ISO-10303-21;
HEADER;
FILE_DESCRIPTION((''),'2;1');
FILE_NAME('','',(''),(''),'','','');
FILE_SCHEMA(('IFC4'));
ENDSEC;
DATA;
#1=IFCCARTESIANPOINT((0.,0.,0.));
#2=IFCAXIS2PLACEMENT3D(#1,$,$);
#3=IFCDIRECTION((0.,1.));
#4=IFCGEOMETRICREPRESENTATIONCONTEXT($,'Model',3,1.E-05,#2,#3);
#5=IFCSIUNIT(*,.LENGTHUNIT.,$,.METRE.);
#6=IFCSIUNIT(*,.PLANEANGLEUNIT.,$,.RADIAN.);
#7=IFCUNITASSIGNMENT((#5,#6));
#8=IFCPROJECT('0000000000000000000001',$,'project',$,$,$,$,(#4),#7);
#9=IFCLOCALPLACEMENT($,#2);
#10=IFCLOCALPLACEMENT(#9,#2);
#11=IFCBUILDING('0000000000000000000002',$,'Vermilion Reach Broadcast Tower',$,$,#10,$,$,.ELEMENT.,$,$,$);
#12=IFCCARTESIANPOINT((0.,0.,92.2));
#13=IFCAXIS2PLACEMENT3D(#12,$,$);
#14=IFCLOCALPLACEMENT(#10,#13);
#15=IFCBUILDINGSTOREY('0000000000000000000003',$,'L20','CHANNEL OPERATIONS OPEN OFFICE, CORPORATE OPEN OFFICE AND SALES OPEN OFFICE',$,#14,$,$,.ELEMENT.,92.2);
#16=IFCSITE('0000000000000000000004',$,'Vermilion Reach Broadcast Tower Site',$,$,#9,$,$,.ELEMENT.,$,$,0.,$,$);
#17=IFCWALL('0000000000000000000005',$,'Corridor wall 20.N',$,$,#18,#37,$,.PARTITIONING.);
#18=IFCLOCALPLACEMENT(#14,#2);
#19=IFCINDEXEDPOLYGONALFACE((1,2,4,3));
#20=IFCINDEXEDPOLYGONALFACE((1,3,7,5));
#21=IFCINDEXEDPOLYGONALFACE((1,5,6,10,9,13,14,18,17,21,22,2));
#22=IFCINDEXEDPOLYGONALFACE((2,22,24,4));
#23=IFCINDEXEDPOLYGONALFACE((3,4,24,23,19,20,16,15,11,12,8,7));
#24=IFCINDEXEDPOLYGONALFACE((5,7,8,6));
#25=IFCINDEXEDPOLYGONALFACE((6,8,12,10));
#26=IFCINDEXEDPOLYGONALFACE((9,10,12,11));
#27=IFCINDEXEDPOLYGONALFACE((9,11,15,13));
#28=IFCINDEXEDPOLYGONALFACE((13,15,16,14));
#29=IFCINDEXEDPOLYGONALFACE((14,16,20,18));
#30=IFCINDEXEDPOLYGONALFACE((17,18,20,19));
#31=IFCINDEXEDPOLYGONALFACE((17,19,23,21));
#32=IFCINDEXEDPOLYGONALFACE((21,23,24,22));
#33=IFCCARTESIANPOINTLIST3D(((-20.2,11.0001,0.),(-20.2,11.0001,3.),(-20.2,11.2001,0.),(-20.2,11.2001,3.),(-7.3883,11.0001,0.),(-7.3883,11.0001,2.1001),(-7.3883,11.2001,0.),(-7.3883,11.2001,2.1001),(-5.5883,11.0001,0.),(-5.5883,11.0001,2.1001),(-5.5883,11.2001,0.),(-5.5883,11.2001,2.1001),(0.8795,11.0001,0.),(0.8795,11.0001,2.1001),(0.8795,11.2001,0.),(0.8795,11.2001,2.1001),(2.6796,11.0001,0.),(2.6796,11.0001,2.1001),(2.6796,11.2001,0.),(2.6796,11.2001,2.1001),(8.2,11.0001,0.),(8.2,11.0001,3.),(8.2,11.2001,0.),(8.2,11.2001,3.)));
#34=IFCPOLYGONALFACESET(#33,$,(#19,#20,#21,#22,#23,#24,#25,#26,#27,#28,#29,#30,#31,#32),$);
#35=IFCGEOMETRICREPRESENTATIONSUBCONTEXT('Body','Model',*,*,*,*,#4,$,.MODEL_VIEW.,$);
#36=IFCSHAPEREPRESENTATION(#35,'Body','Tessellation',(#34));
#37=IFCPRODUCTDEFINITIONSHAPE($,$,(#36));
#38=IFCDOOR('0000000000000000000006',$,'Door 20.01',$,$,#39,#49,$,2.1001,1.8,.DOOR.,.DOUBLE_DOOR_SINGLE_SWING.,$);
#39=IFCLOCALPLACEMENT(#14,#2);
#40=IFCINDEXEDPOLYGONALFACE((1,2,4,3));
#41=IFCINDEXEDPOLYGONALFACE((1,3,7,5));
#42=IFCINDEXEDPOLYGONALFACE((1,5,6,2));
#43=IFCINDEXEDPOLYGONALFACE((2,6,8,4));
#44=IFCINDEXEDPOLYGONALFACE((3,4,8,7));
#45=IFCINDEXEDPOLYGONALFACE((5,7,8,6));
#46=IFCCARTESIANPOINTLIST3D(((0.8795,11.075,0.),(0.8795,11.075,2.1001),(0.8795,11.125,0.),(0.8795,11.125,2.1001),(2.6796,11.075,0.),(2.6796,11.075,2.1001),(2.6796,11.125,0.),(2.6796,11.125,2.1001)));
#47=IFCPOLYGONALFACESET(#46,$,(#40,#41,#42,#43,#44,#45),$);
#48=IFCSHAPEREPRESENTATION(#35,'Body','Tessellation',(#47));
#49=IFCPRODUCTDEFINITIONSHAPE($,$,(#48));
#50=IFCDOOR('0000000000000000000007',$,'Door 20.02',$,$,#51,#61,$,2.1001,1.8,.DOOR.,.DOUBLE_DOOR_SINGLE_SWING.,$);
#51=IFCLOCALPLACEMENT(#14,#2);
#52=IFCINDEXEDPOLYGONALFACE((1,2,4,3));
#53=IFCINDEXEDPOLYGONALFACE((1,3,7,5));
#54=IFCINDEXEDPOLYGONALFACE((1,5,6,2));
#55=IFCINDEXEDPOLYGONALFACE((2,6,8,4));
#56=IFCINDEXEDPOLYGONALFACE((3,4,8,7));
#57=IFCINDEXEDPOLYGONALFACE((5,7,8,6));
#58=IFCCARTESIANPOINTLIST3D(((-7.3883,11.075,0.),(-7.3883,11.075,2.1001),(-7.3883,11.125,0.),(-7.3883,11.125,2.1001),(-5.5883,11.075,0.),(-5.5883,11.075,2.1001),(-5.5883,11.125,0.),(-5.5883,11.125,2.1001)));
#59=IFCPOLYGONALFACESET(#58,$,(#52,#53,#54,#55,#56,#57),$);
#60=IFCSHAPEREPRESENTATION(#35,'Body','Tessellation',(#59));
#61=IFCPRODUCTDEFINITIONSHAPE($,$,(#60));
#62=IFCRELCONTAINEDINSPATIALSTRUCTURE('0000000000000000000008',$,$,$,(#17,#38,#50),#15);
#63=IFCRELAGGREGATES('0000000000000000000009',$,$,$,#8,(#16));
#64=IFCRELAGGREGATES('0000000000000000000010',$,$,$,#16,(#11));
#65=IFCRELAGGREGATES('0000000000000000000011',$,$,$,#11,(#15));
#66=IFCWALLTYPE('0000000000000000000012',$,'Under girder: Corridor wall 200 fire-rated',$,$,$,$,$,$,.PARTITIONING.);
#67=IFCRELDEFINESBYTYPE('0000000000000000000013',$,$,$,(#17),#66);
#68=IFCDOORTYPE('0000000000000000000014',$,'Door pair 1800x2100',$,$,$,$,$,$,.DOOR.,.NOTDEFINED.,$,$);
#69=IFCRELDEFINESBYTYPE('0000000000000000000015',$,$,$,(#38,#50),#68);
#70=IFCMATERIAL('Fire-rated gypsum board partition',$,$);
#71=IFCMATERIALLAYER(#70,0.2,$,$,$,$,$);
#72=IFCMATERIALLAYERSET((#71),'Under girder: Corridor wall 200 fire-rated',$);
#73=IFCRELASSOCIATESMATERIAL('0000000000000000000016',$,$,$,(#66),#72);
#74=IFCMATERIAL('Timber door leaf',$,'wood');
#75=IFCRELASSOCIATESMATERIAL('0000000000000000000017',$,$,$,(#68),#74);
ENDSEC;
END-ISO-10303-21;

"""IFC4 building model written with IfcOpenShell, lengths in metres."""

from ifc_helpers import new_model, si_unit, direction, frame, frame_2d, origin, place, context, subcontext, project, spatial, rectangle, extrude, material, layer, layer_set, type_object, element, fill, save


model = new_model("IFC4")

# Units and contexts
model_context = context("Model", 3, precision=1e-05, world=origin(), true_north=direction((0.0, 1.0)))
body_context = subcontext(model_context, "Body", "Model", "MODEL_VIEW")
ifc_project = project(units=[si_unit("LENGTHUNIT", "METRE"), si_unit("PLANEANGLEUNIT", "RADIAN")], contexts=[model_context])

# Site, building, storey
site_placement = place(None, origin())
site = spatial("IfcSite", under=ifc_project, at=site_placement, Name="Vermilion Reach Broadcast Tower Site", CompositionType="ELEMENT", RefElevation=0.0)
building_placement = place(site_placement, origin())
building = spatial("IfcBuilding", under=site, at=building_placement, Name="Vermilion Reach Broadcast Tower", CompositionType="ELEMENT")
storey_placement = place(building_placement, frame((0.0, 0.0, 92.2)))
storey = spatial("IfcBuildingStorey", under=building, at=storey_placement, Name="L20", Description="CHANNEL OPERATIONS OPEN OFFICE, CORPORATE OPEN OFFICE AND SALES OPEN OFFICE", CompositionType="ELEMENT", Elevation=92.2)

# Wall, openings, doors
ifc_material_1 = material(Name="Fire-rated gypsum board partition")
ifc_layer_1 = layer(ifc_material_1, 0.2)
ifc_layer_set_1 = layer_set([ifc_layer_1], Name="Under girder: Corridor wall 200 fire-rated")
wall_type_1 = type_object("IfcWallType", Name="Under girder: Corridor wall 200 fire-rated", PredefinedType="PARTITIONING", material=ifc_layer_set_1)
wall_1_placement = place(storey_placement, frame((-20.2, 11.1001, 0.0), z_axis=(0.0, 0.0, 1.0), x_axis=(1.0, 0.0, 0.0)))
wall_1 = element("IfcWall", 1, at=wall_1_placement, inside=storey, type_object=wall_type_1, Name="Corridor wall 20.N", PredefinedType="PARTITIONING", context=body_context, shape_type="SweptSolid", body=[
    extrude(rectangle(XDim=28.3999, YDim=0.2, at=frame_2d((14.2, 0.0))), origin(), (0.0, 0.0, 1.0), 3.0),
])
opening_1_placement = place(wall_1_placement, frame((21.0796, 0.0, 0.0)))
opening_1 = element("IfcOpeningElement", 2, at=opening_1_placement, cuts=wall_1, PredefinedType="OPENING", context=body_context, shape_type="SweptSolid", body=[
    extrude(rectangle(XDim=1.8, YDim=2.1001, at=frame_2d((0.8999, 1.05))), frame((0.0, 0.1099, 0.0), z_axis=(0.0, -1.0, 0.0), x_axis=(1.0, 0.0, 0.0)), (0.0, 0.0, 1.0), 0.22),
])
opening_2_placement = place(wall_1_placement, frame((12.8118, 0.0, 0.0)))
opening_2 = element("IfcOpeningElement", 3, at=opening_2_placement, cuts=wall_1, PredefinedType="OPENING", context=body_context, shape_type="SweptSolid", body=[
    extrude(rectangle(XDim=1.8, YDim=2.1001, at=frame_2d((0.8999, 1.05))), frame((0.0, 0.1099, 0.0), z_axis=(0.0, -1.0, 0.0), x_axis=(1.0, 0.0, 0.0)), (0.0, 0.0, 1.0), 0.22),
])
ifc_material_2 = material(Name="Timber door leaf", Category="wood")
door_type_1 = type_object("IfcDoorType", Name="Door pair 1800x2100", OperationType="NOTDEFINED", PredefinedType="DOOR", material=ifc_material_2)
door_1_placement = place(opening_1_placement, origin())
door_1 = element("IfcDoor", 4, at=door_1_placement, inside=storey, type_object=door_type_1, Name="Door 20.01", OperationType="DOUBLE_DOOR_SINGLE_SWING", OverallHeight=2.1001, OverallWidth=1.8, PredefinedType="DOOR", context=body_context, shape_type="SweptSolid", body=[
    extrude(rectangle(XDim=1.8, YDim=2.1001, at=frame_2d((0.8999, 1.05))), frame((0.0, 0.0249, 0.0), z_axis=(0.0, -1.0, 0.0), x_axis=(1.0, 0.0, 0.0)), (0.0, 0.0, 1.0), 0.05),
])
fill(opening_1, door_1)
door_2_placement = place(opening_2_placement, origin())
door_2 = element("IfcDoor", 5, at=door_2_placement, inside=storey, type_object=door_type_1, Name="Door 20.02", OperationType="DOUBLE_DOOR_SINGLE_SWING", OverallHeight=2.1001, OverallWidth=1.8, PredefinedType="DOOR", context=body_context, shape_type="SweptSolid", body=[
    extrude(rectangle(XDim=1.8, YDim=2.1001, at=frame_2d((0.8999, 1.05))), frame((0.0, 0.0249, 0.0), z_axis=(0.0, -1.0, 0.0), x_axis=(1.0, 0.0, 0.0)), (0.0, 0.0, 1.0), 0.05),
])
fill(opening_2, door_2)

save(model, "model.ifc")
